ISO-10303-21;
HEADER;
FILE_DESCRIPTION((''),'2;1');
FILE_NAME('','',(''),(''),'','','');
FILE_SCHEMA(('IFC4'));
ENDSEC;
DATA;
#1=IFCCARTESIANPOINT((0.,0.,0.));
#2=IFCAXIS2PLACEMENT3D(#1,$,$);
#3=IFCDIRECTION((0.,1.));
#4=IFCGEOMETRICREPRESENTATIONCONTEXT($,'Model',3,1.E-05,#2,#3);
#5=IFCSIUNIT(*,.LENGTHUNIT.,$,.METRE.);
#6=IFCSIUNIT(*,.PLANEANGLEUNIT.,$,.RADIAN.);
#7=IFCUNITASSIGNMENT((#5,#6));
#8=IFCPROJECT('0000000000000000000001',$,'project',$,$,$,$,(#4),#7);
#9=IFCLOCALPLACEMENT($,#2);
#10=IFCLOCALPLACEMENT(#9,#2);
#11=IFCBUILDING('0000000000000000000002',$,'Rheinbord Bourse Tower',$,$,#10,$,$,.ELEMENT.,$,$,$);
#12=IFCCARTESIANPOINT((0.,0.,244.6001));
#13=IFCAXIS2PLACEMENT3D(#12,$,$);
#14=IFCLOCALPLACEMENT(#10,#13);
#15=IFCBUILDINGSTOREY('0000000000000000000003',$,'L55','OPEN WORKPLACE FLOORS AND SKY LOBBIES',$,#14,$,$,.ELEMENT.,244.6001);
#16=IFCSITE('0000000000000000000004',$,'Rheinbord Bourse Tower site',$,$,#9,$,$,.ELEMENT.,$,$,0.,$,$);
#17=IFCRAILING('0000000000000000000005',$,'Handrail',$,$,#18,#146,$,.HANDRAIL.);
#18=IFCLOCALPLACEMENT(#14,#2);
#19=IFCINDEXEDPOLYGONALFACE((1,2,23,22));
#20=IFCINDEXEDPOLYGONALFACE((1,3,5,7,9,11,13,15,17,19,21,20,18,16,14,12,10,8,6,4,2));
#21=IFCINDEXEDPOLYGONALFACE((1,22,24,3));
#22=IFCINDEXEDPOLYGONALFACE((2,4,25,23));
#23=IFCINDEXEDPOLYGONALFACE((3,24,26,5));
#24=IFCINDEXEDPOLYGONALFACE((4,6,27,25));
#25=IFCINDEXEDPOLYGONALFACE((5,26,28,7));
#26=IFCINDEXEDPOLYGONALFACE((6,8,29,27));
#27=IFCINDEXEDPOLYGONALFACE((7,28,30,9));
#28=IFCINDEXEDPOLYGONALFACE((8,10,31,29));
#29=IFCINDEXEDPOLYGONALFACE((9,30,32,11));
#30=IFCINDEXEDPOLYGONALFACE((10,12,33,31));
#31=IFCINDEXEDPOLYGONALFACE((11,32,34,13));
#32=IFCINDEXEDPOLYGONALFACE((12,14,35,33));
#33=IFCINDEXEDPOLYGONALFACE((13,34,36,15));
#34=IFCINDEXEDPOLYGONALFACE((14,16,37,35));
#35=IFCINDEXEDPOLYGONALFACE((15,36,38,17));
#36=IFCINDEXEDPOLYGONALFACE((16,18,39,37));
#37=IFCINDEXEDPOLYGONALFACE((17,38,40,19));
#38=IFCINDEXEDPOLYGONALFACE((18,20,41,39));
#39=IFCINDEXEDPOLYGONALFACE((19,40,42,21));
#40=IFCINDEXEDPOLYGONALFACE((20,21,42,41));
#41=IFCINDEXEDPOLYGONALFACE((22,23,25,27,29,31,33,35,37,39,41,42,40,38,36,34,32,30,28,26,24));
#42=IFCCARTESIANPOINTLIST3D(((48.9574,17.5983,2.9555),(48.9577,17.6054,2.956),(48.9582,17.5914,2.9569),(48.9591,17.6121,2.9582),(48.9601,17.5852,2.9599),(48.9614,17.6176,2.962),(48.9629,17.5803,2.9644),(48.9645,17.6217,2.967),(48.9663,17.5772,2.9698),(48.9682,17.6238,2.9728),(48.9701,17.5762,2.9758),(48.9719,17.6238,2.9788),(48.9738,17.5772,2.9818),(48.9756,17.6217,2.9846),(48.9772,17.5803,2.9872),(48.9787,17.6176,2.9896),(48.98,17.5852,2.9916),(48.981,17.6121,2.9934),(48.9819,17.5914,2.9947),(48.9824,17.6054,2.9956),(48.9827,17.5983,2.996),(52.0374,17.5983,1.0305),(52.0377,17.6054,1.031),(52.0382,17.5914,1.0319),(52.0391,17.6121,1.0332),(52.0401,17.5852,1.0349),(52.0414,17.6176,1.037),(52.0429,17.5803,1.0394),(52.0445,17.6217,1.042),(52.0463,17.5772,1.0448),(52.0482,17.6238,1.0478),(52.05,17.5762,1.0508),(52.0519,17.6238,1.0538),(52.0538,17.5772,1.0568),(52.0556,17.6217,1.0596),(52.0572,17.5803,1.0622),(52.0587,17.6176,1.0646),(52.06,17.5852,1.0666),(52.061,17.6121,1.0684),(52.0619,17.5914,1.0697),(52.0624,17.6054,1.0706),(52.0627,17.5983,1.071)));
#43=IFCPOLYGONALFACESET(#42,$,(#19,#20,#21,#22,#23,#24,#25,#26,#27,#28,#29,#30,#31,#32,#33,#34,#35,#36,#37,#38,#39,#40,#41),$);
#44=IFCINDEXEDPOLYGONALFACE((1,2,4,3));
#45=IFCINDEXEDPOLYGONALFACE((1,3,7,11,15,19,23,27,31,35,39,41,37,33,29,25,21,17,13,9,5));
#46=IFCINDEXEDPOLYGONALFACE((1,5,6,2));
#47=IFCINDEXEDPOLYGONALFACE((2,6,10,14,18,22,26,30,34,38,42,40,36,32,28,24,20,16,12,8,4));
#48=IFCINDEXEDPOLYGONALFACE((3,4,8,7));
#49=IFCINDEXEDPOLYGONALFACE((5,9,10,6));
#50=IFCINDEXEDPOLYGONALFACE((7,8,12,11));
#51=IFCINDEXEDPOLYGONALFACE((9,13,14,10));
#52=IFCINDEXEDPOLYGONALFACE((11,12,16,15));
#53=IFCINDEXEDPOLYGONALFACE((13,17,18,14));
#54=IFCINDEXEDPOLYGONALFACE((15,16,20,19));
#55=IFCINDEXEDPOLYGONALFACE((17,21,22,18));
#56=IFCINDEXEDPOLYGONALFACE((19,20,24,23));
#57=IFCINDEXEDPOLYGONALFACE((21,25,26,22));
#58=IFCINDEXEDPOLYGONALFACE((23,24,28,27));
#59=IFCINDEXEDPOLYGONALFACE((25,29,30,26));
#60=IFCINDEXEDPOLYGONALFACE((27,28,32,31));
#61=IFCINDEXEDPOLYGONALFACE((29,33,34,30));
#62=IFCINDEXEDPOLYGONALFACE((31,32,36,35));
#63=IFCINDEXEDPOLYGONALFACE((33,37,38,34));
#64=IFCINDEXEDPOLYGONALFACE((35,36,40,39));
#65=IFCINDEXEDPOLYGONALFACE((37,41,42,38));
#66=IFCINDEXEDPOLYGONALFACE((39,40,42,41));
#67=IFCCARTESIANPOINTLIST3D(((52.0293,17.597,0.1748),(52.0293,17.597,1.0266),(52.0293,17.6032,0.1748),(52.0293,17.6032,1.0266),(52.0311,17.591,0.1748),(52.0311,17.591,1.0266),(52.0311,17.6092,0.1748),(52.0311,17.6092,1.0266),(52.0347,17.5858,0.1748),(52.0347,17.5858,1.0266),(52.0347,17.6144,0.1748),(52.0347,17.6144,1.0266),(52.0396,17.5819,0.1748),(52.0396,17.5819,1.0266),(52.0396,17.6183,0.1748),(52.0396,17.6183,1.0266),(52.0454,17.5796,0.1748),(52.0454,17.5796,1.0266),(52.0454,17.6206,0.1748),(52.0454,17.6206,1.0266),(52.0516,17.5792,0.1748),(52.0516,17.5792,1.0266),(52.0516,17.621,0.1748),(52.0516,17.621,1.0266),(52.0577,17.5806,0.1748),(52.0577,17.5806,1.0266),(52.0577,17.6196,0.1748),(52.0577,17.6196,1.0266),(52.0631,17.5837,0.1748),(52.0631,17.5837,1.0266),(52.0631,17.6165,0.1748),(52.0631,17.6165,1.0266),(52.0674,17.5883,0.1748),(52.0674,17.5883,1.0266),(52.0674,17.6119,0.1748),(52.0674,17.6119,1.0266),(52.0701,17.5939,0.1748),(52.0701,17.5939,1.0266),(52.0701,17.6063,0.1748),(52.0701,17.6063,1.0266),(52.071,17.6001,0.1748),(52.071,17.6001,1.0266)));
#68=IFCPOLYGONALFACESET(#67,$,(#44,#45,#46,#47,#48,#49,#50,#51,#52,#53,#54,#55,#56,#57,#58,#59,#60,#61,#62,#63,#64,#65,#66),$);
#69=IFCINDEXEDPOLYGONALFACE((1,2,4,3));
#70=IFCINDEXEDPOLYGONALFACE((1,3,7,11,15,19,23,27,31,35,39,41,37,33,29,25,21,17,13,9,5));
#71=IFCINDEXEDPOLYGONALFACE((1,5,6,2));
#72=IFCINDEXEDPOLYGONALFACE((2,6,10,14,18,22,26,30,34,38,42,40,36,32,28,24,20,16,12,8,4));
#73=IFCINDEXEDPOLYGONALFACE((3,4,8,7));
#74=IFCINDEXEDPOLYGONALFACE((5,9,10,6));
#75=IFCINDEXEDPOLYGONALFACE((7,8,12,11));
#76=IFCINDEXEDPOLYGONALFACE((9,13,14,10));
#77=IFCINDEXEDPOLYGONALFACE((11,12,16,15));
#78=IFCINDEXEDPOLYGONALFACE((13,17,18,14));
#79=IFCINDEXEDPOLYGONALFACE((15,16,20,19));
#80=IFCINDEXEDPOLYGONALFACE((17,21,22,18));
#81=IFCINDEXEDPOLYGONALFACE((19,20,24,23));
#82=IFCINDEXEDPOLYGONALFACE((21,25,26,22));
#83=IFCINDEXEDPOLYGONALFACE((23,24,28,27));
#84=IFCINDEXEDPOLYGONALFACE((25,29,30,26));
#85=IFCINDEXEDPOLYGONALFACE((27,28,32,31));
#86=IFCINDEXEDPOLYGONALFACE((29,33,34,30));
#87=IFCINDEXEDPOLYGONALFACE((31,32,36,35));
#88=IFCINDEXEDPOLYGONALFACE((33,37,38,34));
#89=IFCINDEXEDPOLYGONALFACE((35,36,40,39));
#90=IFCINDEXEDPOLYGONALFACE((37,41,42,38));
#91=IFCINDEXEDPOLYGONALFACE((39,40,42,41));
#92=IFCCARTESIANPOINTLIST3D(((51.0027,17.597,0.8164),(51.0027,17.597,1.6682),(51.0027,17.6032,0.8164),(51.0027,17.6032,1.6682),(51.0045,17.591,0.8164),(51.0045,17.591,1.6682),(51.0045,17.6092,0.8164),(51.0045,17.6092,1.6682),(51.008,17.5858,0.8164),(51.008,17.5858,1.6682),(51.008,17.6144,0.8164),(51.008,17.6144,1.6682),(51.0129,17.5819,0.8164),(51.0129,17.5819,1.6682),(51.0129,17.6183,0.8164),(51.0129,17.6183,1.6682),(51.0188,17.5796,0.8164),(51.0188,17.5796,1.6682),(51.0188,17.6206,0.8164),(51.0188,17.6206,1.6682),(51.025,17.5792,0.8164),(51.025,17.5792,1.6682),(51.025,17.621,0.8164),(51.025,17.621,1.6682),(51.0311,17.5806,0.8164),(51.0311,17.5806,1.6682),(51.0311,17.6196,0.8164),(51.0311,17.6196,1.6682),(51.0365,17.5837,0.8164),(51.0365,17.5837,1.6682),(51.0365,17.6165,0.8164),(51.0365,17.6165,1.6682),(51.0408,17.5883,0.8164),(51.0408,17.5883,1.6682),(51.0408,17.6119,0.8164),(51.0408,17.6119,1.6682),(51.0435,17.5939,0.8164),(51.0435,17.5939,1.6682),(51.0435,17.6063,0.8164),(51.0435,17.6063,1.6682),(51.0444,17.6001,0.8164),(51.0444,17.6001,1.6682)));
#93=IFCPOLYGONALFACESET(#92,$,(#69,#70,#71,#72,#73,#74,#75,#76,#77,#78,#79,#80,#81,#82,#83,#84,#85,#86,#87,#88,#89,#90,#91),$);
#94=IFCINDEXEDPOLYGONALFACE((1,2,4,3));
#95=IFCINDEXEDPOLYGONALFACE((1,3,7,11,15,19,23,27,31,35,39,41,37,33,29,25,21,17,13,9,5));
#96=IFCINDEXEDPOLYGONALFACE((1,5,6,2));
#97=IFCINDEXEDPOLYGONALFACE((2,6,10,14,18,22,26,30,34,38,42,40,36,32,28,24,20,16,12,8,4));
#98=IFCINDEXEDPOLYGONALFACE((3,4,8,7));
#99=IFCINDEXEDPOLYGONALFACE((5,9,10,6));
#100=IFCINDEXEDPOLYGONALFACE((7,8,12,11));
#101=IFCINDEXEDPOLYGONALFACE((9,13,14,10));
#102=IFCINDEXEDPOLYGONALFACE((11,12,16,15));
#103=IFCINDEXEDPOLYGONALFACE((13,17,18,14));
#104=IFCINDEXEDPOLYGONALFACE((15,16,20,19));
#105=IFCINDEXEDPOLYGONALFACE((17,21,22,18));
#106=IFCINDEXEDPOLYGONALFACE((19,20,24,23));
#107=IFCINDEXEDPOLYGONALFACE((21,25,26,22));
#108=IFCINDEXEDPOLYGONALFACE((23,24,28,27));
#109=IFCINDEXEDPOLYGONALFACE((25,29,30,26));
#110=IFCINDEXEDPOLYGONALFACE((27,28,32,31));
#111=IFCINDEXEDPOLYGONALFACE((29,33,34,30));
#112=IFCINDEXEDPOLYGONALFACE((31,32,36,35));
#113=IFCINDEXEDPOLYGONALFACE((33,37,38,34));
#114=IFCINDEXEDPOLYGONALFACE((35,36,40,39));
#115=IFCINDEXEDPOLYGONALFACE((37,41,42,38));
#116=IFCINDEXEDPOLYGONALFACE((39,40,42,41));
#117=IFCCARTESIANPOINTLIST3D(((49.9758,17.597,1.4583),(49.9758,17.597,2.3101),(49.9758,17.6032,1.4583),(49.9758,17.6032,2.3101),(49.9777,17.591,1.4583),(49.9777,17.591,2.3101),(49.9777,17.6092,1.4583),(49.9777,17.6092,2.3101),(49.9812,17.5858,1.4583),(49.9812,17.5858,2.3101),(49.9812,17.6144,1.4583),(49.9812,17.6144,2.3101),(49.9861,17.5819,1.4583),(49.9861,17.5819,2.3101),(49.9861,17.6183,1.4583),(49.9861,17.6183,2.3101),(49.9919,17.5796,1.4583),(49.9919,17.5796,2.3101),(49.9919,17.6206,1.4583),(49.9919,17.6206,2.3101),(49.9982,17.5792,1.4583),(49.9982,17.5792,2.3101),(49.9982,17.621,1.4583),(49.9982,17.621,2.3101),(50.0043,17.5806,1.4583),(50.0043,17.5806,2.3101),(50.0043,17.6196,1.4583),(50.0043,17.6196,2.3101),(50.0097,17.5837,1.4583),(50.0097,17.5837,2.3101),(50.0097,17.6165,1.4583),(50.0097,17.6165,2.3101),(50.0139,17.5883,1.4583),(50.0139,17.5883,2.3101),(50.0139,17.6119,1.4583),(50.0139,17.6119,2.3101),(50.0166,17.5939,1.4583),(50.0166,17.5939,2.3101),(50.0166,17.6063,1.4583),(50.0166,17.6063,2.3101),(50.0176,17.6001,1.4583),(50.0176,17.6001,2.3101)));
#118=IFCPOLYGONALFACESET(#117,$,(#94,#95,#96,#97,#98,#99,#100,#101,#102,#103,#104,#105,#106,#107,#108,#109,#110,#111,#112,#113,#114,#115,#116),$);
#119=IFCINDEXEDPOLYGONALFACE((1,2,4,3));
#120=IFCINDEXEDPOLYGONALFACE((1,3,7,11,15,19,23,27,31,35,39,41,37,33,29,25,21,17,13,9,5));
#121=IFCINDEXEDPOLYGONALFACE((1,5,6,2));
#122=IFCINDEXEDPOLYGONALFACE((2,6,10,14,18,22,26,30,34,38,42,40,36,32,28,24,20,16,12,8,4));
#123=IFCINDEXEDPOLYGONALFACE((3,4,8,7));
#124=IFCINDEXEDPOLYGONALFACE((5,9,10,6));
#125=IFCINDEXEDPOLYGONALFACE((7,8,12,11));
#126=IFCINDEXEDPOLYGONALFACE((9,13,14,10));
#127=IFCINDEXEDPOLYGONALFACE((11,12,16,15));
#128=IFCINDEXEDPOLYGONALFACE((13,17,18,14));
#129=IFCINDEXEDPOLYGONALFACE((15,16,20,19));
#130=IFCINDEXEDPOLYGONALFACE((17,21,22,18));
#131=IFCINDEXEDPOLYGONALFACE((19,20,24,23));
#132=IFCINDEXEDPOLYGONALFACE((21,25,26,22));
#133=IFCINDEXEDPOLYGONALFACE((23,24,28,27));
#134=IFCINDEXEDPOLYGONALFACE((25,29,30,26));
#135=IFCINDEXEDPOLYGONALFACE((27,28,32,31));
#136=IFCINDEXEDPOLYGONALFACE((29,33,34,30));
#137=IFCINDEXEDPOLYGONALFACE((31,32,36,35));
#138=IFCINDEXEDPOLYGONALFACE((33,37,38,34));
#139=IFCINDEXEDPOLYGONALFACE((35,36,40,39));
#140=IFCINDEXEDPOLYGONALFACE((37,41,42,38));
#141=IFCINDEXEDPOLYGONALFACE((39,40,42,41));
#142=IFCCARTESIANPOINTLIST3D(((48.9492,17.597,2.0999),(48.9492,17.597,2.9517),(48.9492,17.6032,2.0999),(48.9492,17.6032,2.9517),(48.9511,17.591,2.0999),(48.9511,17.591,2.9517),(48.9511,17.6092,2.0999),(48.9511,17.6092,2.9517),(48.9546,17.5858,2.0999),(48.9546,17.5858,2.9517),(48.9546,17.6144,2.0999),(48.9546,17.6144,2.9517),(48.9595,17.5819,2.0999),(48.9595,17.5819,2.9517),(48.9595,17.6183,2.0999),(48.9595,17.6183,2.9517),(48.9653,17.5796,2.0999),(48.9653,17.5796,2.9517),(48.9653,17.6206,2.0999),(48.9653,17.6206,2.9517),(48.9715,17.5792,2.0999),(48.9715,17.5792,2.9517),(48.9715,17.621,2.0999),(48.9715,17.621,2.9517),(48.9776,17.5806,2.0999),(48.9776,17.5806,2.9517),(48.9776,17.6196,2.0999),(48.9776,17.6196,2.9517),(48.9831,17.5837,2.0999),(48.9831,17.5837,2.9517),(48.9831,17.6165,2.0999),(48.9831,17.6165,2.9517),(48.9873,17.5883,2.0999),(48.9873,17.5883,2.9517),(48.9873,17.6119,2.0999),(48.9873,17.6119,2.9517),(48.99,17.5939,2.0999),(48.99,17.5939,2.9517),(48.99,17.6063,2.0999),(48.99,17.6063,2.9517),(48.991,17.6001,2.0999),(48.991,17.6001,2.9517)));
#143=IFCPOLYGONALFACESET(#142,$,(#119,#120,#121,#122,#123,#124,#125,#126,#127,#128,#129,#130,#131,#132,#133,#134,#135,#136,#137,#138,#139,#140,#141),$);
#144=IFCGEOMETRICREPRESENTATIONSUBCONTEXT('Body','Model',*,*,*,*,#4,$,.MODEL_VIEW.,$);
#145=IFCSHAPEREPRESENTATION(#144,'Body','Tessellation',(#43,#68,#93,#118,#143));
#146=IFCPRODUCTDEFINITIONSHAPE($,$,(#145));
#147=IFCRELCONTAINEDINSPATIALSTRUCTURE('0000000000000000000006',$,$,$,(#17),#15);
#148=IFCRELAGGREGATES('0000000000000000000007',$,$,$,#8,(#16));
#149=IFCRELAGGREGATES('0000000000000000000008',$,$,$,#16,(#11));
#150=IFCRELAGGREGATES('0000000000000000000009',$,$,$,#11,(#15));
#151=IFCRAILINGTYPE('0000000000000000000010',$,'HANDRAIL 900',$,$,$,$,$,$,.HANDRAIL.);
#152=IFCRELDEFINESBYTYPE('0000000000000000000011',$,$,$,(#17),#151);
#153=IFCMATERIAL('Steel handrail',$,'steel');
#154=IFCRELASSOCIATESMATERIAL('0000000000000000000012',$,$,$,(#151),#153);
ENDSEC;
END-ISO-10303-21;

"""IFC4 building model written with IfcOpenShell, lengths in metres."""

from ifc_helpers import new_model, si_unit, direction, frame, origin, origin_2d, place, context, subcontext, project, spatial, circle, extrude, material, type_object, element, save


model = new_model("IFC4")

# Units and contexts
model_context = context("Model", 3, precision=1e-05, world=origin(), true_north=direction((0.0, 1.0)))
body_context = subcontext(model_context, "Body", "Model", "MODEL_VIEW")
ifc_project = project(units=[si_unit("LENGTHUNIT", "METRE"), si_unit("PLANEANGLEUNIT", "RADIAN")], contexts=[model_context])

# Site, building, storey
site_placement = place(None, origin())
site = spatial("IfcSite", under=ifc_project, at=site_placement, Name="Rheinbord Bourse Tower site", CompositionType="ELEMENT", RefElevation=0.0)
building_placement = place(site_placement, origin())
building = spatial("IfcBuilding", under=site, at=building_placement, Name="Rheinbord Bourse Tower", CompositionType="ELEMENT")
storey_placement = place(building_placement, frame((0.0, 0.0, 244.6001)))
storey = spatial("IfcBuildingStorey", under=building, at=storey_placement, Name="L55", Description="OPEN WORKPLACE FLOORS AND SKY LOBBIES", CompositionType="ELEMENT", Elevation=244.6001)

# Railing
ifc_material_1 = material(Name="Steel handrail", Category="steel")
railing_type = type_object("IfcRailingType", Name="HANDRAIL 900", PredefinedType="HANDRAIL", material=ifc_material_1)
railing_1_placement = place(storey_placement, frame((52.05, 17.6001, 0.1748)))
element("IfcRailing", 1, at=railing_1_placement, inside=storey, type_object=railing_type, Name="Handrail", PredefinedType="HANDRAIL", context=body_context, shape_type="SweptSolid", body=[
    extrude(circle(Radius=0.0239, at=origin_2d()), frame((0.0, 0.0, 0.876), z_axis=(-0.847998, 0.0, 0.529999), x_axis=(0.0, -1.0, 0.0)), (0.0, 0.0, 1.0), 3.6321),
    extrude(circle(Radius=0.021, at=origin_2d()), origin(), (0.0, 0.0, 1.0), 0.8518),
    extrude(circle(Radius=0.021, at=origin_2d()), frame((-1.0266, 0.0, 0.6416)), (0.0, 0.0, 1.0), 0.8518),
    extrude(circle(Radius=0.021, at=origin_2d()), frame((-2.0535, 0.0, 1.2834)), (0.0, 0.0, 1.0), 0.8518),
    extrude(circle(Radius=0.021, at=origin_2d()), frame((-3.0801, 0.0, 1.925)), (0.0, 0.0, 1.0), 0.8518),
])

save(model, "model.ifc")
